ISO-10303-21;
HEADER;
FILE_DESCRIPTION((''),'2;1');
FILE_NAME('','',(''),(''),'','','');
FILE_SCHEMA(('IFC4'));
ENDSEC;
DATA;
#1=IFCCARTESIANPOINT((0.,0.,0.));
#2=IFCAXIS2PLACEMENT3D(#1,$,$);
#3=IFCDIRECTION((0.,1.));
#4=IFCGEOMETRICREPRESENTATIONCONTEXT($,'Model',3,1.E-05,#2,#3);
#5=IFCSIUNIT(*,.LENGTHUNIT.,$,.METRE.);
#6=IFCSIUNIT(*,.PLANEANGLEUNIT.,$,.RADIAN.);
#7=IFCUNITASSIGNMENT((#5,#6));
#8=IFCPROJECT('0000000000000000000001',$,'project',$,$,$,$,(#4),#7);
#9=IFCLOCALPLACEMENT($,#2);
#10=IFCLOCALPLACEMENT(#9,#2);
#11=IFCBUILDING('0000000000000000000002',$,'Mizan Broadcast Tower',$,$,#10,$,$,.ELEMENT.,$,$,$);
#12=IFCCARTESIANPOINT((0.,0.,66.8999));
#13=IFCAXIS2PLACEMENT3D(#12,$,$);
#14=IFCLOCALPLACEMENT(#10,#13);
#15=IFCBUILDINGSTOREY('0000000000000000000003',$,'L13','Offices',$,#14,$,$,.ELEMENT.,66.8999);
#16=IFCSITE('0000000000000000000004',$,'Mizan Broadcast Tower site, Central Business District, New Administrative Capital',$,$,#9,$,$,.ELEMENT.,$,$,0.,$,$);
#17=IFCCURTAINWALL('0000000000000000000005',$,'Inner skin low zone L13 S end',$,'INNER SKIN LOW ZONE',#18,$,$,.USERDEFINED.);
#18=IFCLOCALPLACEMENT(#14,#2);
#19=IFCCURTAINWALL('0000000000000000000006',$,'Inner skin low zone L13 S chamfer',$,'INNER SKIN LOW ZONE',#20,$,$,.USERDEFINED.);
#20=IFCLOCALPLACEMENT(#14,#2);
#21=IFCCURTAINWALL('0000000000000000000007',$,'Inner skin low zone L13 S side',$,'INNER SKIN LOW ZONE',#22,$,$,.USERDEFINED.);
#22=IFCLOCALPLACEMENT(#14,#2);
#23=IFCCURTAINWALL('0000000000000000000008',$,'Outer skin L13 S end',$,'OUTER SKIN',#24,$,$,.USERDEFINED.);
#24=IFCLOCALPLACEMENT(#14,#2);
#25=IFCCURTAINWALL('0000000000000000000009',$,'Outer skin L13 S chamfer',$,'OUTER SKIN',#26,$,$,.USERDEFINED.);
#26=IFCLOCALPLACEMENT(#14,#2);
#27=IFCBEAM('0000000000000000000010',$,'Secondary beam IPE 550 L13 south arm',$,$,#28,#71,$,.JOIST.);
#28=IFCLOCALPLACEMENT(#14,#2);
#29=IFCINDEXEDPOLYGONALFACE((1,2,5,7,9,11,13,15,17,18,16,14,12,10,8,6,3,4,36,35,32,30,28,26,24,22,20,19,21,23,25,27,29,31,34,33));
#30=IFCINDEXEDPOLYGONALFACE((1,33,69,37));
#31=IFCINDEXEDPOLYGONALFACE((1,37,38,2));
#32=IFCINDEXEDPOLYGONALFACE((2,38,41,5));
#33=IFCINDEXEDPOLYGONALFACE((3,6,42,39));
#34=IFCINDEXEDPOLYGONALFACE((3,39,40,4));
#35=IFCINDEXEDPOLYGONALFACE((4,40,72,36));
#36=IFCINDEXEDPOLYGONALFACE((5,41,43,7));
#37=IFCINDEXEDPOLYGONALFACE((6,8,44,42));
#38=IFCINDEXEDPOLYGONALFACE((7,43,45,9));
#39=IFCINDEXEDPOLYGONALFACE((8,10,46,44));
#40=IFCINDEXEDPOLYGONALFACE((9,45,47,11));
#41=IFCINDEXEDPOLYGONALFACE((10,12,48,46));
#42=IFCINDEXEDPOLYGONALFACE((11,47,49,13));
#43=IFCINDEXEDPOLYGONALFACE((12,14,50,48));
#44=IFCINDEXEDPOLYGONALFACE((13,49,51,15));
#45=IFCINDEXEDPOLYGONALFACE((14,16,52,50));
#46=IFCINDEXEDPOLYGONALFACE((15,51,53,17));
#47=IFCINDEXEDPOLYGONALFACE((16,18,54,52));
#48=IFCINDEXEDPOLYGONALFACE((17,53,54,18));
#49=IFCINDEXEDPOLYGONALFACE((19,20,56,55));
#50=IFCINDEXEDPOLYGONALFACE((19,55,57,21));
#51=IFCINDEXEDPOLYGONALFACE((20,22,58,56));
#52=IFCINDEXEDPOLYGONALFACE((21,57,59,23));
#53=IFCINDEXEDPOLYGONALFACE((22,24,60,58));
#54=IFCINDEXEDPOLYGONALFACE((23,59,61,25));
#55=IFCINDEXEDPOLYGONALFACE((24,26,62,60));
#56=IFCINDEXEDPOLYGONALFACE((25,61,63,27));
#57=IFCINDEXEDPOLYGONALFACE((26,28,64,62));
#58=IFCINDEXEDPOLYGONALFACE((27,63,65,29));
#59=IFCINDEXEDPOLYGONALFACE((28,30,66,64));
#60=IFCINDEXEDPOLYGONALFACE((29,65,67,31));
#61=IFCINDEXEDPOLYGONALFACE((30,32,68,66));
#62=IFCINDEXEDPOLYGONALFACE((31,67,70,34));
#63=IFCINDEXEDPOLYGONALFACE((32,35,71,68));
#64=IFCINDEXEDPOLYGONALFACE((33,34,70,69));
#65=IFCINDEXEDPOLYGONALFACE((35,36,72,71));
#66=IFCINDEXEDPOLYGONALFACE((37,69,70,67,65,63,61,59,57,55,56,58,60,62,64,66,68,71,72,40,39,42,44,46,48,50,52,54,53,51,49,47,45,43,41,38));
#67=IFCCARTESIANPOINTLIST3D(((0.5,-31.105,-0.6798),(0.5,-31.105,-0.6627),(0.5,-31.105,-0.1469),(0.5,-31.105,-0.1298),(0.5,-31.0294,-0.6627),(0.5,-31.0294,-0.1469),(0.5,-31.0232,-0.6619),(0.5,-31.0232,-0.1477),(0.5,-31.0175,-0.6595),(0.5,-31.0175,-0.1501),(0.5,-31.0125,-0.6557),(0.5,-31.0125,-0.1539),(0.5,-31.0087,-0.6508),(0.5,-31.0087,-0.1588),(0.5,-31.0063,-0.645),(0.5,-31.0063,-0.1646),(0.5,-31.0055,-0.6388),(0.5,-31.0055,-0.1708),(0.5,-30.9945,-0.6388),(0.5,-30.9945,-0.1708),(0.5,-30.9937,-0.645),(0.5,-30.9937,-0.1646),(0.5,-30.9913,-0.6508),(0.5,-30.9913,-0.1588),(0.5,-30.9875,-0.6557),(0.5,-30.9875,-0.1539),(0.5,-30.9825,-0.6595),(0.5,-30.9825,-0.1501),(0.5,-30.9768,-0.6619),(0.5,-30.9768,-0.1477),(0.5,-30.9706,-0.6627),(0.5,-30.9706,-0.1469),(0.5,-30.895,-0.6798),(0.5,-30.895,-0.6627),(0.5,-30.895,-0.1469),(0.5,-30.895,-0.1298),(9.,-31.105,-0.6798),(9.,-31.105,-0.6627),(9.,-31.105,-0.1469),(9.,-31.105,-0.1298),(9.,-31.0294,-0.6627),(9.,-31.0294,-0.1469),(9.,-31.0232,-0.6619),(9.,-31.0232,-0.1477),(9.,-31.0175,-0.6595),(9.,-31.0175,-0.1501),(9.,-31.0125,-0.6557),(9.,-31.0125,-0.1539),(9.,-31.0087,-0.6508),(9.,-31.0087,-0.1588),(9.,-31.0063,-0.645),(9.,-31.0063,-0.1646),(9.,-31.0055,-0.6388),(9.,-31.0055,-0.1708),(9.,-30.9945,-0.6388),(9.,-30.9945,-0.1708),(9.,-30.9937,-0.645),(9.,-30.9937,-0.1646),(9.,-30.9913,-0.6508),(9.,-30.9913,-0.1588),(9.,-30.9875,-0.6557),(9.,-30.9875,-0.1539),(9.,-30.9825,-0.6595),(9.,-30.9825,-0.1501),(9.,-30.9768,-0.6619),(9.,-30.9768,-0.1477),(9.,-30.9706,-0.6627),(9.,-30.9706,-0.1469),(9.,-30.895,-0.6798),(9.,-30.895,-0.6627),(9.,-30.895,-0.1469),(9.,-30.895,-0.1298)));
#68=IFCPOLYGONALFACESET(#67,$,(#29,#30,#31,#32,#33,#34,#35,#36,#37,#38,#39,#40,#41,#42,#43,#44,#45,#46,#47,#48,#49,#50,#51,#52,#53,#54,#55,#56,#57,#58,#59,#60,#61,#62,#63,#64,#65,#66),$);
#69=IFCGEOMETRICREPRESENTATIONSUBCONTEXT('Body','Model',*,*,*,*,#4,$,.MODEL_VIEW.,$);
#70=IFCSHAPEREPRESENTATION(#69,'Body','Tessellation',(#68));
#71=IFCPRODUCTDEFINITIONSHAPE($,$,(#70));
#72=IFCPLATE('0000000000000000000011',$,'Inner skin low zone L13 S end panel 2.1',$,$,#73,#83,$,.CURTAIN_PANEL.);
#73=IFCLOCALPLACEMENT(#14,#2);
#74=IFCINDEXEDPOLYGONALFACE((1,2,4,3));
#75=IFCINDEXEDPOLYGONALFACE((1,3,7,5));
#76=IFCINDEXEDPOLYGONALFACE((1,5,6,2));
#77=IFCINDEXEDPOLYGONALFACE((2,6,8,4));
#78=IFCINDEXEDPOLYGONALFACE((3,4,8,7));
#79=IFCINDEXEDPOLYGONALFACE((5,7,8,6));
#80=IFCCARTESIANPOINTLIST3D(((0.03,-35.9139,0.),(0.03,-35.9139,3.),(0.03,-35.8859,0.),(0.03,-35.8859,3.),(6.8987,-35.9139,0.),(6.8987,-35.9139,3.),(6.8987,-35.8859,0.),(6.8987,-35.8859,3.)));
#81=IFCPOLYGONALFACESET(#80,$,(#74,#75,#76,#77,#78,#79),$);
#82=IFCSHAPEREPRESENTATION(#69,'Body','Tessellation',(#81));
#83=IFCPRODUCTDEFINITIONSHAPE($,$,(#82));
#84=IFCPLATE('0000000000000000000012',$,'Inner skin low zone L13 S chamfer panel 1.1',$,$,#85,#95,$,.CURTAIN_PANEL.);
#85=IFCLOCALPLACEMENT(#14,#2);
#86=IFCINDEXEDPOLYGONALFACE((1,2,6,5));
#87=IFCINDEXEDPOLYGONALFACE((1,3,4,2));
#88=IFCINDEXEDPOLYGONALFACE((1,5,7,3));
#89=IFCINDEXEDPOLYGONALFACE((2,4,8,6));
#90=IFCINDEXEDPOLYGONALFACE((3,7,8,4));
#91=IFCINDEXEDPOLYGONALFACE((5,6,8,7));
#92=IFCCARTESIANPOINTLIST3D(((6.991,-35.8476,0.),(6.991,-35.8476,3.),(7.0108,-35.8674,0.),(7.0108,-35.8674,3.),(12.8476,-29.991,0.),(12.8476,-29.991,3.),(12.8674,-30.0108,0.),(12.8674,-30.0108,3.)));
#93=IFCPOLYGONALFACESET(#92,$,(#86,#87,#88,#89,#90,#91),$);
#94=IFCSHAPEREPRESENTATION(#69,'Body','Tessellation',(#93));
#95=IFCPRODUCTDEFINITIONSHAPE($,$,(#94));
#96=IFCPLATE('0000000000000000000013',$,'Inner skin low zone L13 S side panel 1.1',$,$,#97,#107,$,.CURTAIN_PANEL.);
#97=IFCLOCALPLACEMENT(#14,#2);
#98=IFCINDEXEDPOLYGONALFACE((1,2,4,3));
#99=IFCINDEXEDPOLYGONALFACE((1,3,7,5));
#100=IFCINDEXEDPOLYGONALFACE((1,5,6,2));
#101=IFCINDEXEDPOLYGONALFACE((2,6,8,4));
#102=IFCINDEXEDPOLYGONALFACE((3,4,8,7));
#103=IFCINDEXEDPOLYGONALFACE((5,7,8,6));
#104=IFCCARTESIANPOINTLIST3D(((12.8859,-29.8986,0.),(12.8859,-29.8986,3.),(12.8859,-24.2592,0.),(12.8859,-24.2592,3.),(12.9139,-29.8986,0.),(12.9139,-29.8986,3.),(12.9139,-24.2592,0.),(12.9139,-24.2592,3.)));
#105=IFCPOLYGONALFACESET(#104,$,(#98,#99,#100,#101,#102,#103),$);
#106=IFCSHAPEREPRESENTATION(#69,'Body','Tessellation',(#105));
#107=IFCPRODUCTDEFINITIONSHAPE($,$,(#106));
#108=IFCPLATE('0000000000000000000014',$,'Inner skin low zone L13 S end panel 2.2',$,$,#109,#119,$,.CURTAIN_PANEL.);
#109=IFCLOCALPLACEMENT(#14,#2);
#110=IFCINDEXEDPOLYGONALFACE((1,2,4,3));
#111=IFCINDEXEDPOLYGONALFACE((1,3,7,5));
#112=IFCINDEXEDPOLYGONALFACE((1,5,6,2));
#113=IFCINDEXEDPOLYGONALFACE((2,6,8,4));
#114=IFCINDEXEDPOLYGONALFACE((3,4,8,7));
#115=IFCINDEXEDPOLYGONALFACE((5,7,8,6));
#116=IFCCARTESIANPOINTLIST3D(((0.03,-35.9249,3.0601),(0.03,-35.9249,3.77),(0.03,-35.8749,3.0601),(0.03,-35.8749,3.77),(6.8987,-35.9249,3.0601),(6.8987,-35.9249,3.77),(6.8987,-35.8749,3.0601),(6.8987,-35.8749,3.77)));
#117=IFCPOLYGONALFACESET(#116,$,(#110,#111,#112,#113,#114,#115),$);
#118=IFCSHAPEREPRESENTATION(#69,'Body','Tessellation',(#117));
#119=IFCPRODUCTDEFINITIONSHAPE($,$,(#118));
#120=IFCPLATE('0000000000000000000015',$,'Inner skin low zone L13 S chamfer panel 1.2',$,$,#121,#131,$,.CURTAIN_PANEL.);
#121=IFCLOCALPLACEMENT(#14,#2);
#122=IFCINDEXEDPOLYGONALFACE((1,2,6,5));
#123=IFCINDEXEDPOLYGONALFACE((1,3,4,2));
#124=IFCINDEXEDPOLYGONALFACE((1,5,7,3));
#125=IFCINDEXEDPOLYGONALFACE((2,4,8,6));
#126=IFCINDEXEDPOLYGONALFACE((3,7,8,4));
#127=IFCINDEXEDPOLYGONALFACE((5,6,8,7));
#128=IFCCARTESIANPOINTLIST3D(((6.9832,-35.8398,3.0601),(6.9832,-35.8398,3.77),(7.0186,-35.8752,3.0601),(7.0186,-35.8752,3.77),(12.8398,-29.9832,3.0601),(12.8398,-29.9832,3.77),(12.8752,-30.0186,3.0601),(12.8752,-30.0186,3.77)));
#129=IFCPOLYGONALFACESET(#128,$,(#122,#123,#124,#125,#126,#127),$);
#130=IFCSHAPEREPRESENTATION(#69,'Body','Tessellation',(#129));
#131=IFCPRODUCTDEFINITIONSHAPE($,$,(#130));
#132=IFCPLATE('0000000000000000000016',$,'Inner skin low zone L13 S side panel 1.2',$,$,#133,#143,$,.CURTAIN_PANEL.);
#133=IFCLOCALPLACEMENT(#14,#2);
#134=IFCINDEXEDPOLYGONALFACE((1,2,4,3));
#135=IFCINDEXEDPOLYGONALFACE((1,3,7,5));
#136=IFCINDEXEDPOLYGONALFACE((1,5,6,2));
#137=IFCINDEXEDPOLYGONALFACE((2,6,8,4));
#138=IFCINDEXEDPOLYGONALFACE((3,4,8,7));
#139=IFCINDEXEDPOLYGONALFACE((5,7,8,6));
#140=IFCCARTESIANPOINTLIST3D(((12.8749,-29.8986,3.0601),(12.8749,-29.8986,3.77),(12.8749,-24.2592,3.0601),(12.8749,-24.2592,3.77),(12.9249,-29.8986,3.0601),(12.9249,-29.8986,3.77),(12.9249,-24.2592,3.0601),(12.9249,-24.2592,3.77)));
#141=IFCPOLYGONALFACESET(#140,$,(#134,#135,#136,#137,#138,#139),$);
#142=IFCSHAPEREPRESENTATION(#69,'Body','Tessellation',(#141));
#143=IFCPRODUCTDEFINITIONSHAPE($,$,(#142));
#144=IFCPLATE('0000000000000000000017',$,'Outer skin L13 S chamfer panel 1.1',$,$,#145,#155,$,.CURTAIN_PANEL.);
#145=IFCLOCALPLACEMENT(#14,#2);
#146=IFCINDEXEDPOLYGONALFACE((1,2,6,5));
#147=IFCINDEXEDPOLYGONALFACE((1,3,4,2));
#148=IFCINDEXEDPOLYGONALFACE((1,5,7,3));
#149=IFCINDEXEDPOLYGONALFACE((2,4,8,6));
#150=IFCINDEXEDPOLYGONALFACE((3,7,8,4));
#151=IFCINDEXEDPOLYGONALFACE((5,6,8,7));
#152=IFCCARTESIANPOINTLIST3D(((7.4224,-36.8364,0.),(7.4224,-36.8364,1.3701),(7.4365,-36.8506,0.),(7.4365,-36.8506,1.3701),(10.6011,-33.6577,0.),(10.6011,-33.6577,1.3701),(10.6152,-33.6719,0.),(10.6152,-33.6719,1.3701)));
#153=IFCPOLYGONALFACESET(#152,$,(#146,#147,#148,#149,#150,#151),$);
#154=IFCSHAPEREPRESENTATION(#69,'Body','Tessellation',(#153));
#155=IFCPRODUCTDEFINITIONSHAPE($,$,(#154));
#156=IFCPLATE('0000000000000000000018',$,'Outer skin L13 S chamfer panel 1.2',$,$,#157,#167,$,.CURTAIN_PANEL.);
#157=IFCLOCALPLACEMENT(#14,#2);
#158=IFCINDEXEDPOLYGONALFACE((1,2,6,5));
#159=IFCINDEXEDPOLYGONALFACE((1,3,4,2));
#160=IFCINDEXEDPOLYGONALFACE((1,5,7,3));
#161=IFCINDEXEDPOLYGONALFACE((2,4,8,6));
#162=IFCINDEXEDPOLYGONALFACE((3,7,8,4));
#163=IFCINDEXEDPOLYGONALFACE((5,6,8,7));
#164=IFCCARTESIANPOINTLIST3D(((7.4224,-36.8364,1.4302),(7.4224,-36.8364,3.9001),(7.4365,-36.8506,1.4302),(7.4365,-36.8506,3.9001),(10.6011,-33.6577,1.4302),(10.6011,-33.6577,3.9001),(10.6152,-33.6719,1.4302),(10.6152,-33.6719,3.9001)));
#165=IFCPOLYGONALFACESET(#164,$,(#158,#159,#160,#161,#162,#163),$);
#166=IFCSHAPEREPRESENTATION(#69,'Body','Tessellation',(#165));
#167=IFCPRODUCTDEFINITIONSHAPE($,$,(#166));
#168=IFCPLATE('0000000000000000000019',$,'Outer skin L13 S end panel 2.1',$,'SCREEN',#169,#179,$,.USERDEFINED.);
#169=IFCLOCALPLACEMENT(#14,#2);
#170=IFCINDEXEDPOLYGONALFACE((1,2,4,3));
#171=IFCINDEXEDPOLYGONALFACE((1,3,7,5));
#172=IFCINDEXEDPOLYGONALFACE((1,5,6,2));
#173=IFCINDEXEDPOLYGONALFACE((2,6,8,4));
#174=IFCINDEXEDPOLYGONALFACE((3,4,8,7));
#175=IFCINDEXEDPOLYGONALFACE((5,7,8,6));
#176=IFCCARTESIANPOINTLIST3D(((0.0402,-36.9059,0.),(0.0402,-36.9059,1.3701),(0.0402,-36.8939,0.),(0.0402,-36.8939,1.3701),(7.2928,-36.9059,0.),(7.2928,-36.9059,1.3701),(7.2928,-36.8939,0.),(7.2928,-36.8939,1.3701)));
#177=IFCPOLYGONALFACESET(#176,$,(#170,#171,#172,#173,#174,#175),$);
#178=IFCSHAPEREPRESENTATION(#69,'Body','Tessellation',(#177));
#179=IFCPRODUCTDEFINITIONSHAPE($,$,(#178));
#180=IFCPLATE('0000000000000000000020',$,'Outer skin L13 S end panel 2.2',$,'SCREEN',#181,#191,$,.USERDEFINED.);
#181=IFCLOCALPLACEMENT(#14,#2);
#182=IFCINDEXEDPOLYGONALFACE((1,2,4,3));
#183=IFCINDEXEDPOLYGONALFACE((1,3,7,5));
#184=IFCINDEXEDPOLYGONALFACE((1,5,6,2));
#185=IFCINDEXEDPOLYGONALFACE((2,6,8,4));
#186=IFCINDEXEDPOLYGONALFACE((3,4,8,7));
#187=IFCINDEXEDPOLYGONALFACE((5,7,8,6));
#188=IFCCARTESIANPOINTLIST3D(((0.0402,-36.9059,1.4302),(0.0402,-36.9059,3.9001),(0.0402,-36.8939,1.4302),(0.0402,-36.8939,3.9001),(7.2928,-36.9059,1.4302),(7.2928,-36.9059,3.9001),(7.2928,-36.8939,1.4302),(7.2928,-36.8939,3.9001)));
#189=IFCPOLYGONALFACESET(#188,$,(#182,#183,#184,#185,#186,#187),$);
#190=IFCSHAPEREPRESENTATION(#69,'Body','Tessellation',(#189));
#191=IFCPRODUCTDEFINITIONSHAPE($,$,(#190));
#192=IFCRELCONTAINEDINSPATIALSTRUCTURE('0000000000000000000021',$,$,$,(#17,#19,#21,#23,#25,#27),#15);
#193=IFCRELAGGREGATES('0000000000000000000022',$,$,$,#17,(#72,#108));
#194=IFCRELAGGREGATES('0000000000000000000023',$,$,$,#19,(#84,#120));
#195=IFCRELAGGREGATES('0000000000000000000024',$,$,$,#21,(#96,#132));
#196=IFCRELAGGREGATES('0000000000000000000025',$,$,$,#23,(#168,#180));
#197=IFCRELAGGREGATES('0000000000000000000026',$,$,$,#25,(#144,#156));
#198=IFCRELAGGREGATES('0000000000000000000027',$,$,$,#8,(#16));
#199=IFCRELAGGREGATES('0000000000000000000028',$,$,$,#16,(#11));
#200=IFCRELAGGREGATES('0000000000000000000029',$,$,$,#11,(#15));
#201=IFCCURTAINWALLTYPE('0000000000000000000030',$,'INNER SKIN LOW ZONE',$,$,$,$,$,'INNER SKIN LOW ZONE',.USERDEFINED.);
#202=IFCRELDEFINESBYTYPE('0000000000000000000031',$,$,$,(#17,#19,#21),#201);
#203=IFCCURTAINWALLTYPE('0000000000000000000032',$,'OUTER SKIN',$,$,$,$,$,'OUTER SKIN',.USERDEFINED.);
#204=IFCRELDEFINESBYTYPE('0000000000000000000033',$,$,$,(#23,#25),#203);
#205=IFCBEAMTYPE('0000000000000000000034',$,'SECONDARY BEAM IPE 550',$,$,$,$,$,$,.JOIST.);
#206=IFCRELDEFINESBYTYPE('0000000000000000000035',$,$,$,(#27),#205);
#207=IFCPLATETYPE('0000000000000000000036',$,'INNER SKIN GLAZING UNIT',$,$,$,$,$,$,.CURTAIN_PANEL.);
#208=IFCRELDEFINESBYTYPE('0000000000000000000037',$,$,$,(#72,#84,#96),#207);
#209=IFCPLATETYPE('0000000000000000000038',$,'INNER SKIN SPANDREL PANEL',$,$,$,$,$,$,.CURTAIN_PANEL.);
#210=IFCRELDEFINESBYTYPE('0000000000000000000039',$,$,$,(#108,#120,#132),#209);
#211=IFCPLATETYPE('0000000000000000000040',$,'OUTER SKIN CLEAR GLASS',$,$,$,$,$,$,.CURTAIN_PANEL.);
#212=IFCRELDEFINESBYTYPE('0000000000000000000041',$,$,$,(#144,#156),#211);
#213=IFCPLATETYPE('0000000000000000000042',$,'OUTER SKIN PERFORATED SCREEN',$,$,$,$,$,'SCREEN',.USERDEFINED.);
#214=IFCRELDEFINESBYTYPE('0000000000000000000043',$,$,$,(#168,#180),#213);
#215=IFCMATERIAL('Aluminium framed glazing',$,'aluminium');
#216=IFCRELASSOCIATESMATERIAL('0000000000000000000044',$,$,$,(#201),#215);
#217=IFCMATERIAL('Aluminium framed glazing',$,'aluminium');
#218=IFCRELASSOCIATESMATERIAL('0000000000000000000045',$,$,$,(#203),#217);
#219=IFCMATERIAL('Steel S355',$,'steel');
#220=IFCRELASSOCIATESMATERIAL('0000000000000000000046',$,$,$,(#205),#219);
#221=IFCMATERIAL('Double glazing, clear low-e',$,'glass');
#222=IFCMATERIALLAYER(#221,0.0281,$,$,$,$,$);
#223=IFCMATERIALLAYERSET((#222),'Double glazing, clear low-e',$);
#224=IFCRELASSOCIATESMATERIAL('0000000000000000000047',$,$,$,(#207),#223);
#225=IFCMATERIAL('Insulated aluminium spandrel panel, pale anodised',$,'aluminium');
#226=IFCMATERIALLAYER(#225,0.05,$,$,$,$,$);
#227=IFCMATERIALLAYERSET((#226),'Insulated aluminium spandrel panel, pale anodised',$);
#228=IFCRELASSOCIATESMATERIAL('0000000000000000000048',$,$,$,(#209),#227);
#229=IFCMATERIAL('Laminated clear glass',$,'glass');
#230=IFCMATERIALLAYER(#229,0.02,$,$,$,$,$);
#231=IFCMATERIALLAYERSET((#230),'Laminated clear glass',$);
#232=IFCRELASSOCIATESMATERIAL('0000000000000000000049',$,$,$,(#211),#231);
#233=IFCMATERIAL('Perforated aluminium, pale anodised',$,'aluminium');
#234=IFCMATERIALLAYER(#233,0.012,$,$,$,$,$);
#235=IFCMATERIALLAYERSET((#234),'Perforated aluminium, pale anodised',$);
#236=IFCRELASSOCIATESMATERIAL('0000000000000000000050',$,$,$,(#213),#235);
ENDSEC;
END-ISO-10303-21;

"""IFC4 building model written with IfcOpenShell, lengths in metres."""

from ifc_helpers import new_model, si_unit, direction, frame, origin, origin_2d, place, context, subcontext, project, spatial, rectangle, i_section, extrude, material, layer, layer_set, material_profile, profile_set, type_object, element, aggregate, save


model = new_model("IFC4")

# Units and contexts
model_context = context("Model", 3, precision=1e-05, world=origin(), true_north=direction((0.0, 1.0)))
body_context = subcontext(model_context, "Body", "Model", "MODEL_VIEW")
ifc_project = project(units=[si_unit("LENGTHUNIT", "METRE"), si_unit("PLANEANGLEUNIT", "RADIAN")], contexts=[model_context])

# Site, building, storey
site_placement = place(None, origin())
site = spatial("IfcSite", under=ifc_project, at=site_placement, Name="Mizan Broadcast Tower site, Central Business District, New Administrative Capital", CompositionType="ELEMENT", RefElevation=0.0)
building_placement = place(site_placement, origin())
building = spatial("IfcBuilding", under=site, at=building_placement, Name="Mizan Broadcast Tower", CompositionType="ELEMENT")
storey_placement = place(building_placement, frame((0.0, 0.0, 66.8999)))
storey = spatial("IfcBuildingStorey", under=building, at=storey_placement, Name="L13", Description="Offices", CompositionType="ELEMENT", Elevation=66.8999)

# Curtain wall
ifc_material_1 = material(Name="Aluminium framed glazing", Category="aluminium")
curtain_wall_type_1 = type_object("IfcCurtainWallType", Name="INNER SKIN LOW ZONE", ElementType="INNER SKIN LOW ZONE", PredefinedType="USERDEFINED", material=ifc_material_1)
curtain_wall_1_placement = place(storey_placement, origin())
curtain_wall_1 = element("IfcCurtainWall", 1, at=curtain_wall_1_placement, inside=storey, type_object=curtain_wall_type_1, Name="Inner skin low zone L13 S end", ObjectType="INNER SKIN LOW ZONE", PredefinedType="USERDEFINED")

# Curtain walls
curtain_wall_2_placement = place(storey_placement, origin())
curtain_wall_2 = element("IfcCurtainWall", 2, at=curtain_wall_2_placement, inside=storey, type_object=curtain_wall_type_1, Name="Inner skin low zone L13 S chamfer", ObjectType="INNER SKIN LOW ZONE", PredefinedType="USERDEFINED")
curtain_wall_3_placement = place(storey_placement, origin())
curtain_wall_3 = element("IfcCurtainWall", 3, at=curtain_wall_3_placement, inside=storey, type_object=curtain_wall_type_1, Name="Inner skin low zone L13 S side", ObjectType="INNER SKIN LOW ZONE", PredefinedType="USERDEFINED")

# Curtain wall
ifc_material_2 = material(Name="Aluminium framed glazing", Category="aluminium")
curtain_wall_type_2 = type_object("IfcCurtainWallType", Name="OUTER SKIN", ElementType="OUTER SKIN", PredefinedType="USERDEFINED", material=ifc_material_2)
curtain_wall_4_placement = place(storey_placement, origin())
curtain_wall_4 = element("IfcCurtainWall", 4, at=curtain_wall_4_placement, inside=storey, type_object=curtain_wall_type_2, Name="Outer skin L13 S end", ObjectType="OUTER SKIN", PredefinedType="USERDEFINED")

# Curtain wall
curtain_wall_5_placement = place(storey_placement, origin())
curtain_wall_5 = element("IfcCurtainWall", 5, at=curtain_wall_5_placement, inside=storey, type_object=curtain_wall_type_2, Name="Outer skin L13 S chamfer", ObjectType="OUTER SKIN", PredefinedType="USERDEFINED")

# Beam
ifc_material_3 = material(Name="Steel S355", Category="steel")
ifc_material_profile_1 = material_profile(ifc_material_3, i_section(OverallWidth=0.21, OverallDepth=0.55, WebThickness=0.011, FlangeThickness=0.0171, FilletRadius=0.0239, at=origin_2d()), Name="IPE 550")
ifc_profile_set_1 = profile_set([ifc_material_profile_1], Name="Steel S355")
beam_type_1 = type_object("IfcBeamType", Name="SECONDARY BEAM IPE 550", PredefinedType="JOIST", material=ifc_profile_set_1)
beam_1_placement = place(storey_placement, frame((9.0, -31.0, -0.4048), z_axis=(-1.0, 0.0, 0.0), x_axis=(0.0, -1.0, 0.0)))
element("IfcBeam", 6, at=beam_1_placement, inside=storey, type_object=beam_type_1, Name="Secondary beam IPE 550 L13 south arm", PredefinedType="JOIST", context=body_context, shape_type="SweptSolid", body=[
    extrude(i_section(OverallWidth=0.21, OverallDepth=0.55, WebThickness=0.011, FlangeThickness=0.0171, FilletRadius=0.0239, at=origin_2d()), origin(), (0.0, 0.0, 1.0), 8.5),
])

# Plates
ifc_material_4 = material(Name="Double glazing, clear low-e", Category="glass")
ifc_layer_1 = layer(ifc_material_4, 0.0281)
ifc_layer_set_1 = layer_set([ifc_layer_1], Name="Double glazing, clear low-e")
plate_type_1 = type_object("IfcPlateType", Name="INNER SKIN GLAZING UNIT", PredefinedType="CURTAIN_PANEL", material=ifc_layer_set_1)
plate_1_placement = place(storey_placement, frame((3.4644, -35.8999, 0.0), z_axis=(0.0, 0.0, 1.0), x_axis=(1.0, 0.0, 0.0)))
plate_1 = element("IfcPlate", 7, at=plate_1_placement, type_object=plate_type_1, Name="Inner skin low zone L13 S end panel 2.1", PredefinedType="CURTAIN_PANEL", context=body_context, shape_type="SweptSolid", body=[
    extrude(rectangle(XDim=6.8687, YDim=0.0281, at=origin_2d()), origin(), (0.0, 0.0, 1.0), 3.0),
])
plate_2_placement = place(storey_placement, frame((9.9292, -32.9292, 0.0), z_axis=(0.0, 0.0, 1.0), x_axis=(0.707107, 0.707107, 0.0)))
plate_2 = element("IfcPlate", 8, at=plate_2_placement, type_object=plate_type_1, Name="Inner skin low zone L13 S chamfer panel 1.1", PredefinedType="CURTAIN_PANEL", context=body_context, shape_type="SweptSolid", body=[
    extrude(rectangle(XDim=8.2825, YDim=0.0281, at=origin_2d()), origin(), (0.0, 0.0, 1.0), 3.0),
])
plate_3_placement = place(storey_placement, frame((12.8999, -27.0789, 0.0), z_axis=(0.0, 0.0, 1.0), x_axis=(0.0, 1.0, 0.0)))
plate_3 = element("IfcPlate", 9, at=plate_3_placement, type_object=plate_type_1, Name="Inner skin low zone L13 S side panel 1.1", PredefinedType="CURTAIN_PANEL", context=body_context, shape_type="SweptSolid", body=[
    extrude(rectangle(XDim=5.6394, YDim=0.0281, at=origin_2d()), origin(), (0.0, 0.0, 1.0), 3.0),
])
ifc_material_5 = material(Name="Insulated aluminium spandrel panel, pale anodised", Category="aluminium")
ifc_layer_2 = layer(ifc_material_5, 0.05)
ifc_layer_set_2 = layer_set([ifc_layer_2], Name="Insulated aluminium spandrel panel, pale anodised")
plate_type_2 = type_object("IfcPlateType", Name="INNER SKIN SPANDREL PANEL", PredefinedType="CURTAIN_PANEL", material=ifc_layer_set_2)
plate_4_placement = place(storey_placement, frame((3.4644, -35.8999, 3.0601), z_axis=(0.0, 0.0, 1.0), x_axis=(1.0, 0.0, 0.0)))
plate_4 = element("IfcPlate", 10, at=plate_4_placement, type_object=plate_type_2, Name="Inner skin low zone L13 S end panel 2.2", PredefinedType="CURTAIN_PANEL", context=body_context, shape_type="SweptSolid", body=[
    extrude(rectangle(XDim=6.8687, YDim=0.05, at=origin_2d()), origin(), (0.0, 0.0, 1.0), 0.71),
])
aggregate(curtain_wall_1, [plate_1, plate_4])
plate_5_placement = place(storey_placement, frame((9.9292, -32.9292, 3.0601), z_axis=(0.0, 0.0, 1.0), x_axis=(0.707107, 0.707107, 0.0)))
plate_5 = element("IfcPlate", 11, at=plate_5_placement, type_object=plate_type_2, Name="Inner skin low zone L13 S chamfer panel 1.2", PredefinedType="CURTAIN_PANEL", context=body_context, shape_type="SweptSolid", body=[
    extrude(rectangle(XDim=8.2825, YDim=0.05, at=origin_2d()), origin(), (0.0, 0.0, 1.0), 0.71),
])
aggregate(curtain_wall_2, [plate_2, plate_5])
plate_6_placement = place(storey_placement, frame((12.8999, -27.0789, 3.0601), z_axis=(0.0, 0.0, 1.0), x_axis=(0.0, 1.0, 0.0)))
plate_6 = element("IfcPlate", 12, at=plate_6_placement, type_object=plate_type_2, Name="Inner skin low zone L13 S side panel 1.2", PredefinedType="CURTAIN_PANEL", context=body_context, shape_type="SweptSolid", body=[
    extrude(rectangle(XDim=5.6394, YDim=0.05, at=origin_2d()), origin(), (0.0, 0.0, 1.0), 0.71),
])
aggregate(curtain_wall_3, [plate_3, plate_6])
ifc_material_6 = material(Name="Laminated clear glass", Category="glass")
ifc_layer_3 = layer(ifc_material_6, 0.02)
ifc_layer_set_3 = layer_set([ifc_layer_3], Name="Laminated clear glass")
plate_type_3 = type_object("IfcPlateType", Name="OUTER SKIN CLEAR GLASS", PredefinedType="CURTAIN_PANEL", material=ifc_layer_set_3)
plate_7_placement = place(storey_placement, frame((9.0188, -35.2542, 0.0), z_axis=(0.0, 0.0, 1.0), x_axis=(0.707107, 0.707107, 0.0)))
plate_7 = element("IfcPlate", 13, at=plate_7_placement, type_object=plate_type_3, Name="Outer skin L13 S chamfer panel 1.1", PredefinedType="CURTAIN_PANEL", context=body_context, shape_type="SweptSolid", body=[
    extrude(rectangle(XDim=4.4954, YDim=0.02, at=origin_2d()), origin(), (0.0, 0.0, 1.0), 1.3701),
])
plate_8_placement = place(storey_placement, frame((9.0188, -35.2542, 1.4302), z_axis=(0.0, 0.0, 1.0), x_axis=(0.707107, 0.707107, 0.0)))
plate_8 = element("IfcPlate", 14, at=plate_8_placement, type_object=plate_type_3, Name="Outer skin L13 S chamfer panel 1.2", PredefinedType="CURTAIN_PANEL", context=body_context, shape_type="SweptSolid", body=[
    extrude(rectangle(XDim=4.4954, YDim=0.02, at=origin_2d()), origin(), (0.0, 0.0, 1.0), 2.47),
])
ifc_material_7 = material(Name="Perforated aluminium, pale anodised", Category="aluminium")
ifc_layer_4 = layer(ifc_material_7, 0.012)
ifc_layer_set_4 = layer_set([ifc_layer_4], Name="Perforated aluminium, pale anodised")
plate_type_4 = type_object("IfcPlateType", Name="OUTER SKIN PERFORATED SCREEN", ElementType="SCREEN", PredefinedType="USERDEFINED", material=ifc_layer_set_4)
plate_9_placement = place(storey_placement, frame((3.6665, -36.8999, 0.0), z_axis=(0.0, 0.0, 1.0), x_axis=(1.0, 0.0, 0.0)))
plate_9 = element("IfcPlate", 15, at=plate_9_placement, type_object=plate_type_4, Name="Outer skin L13 S end panel 2.1", ObjectType="SCREEN", PredefinedType="USERDEFINED", context=body_context, shape_type="SweptSolid", body=[
    extrude(rectangle(XDim=7.2527, YDim=0.012, at=origin_2d()), origin(), (0.0, 0.0, 1.0), 1.3701),
])
plate_10_placement = place(storey_placement, frame((3.6665, -36.8999, 1.4302), z_axis=(0.0, 0.0, 1.0), x_axis=(1.0, 0.0, 0.0)))
plate_10 = element("IfcPlate", 16, at=plate_10_placement, type_object=plate_type_4, Name="Outer skin L13 S end panel 2.2", ObjectType="SCREEN", PredefinedType="USERDEFINED", context=body_context, shape_type="SweptSolid", body=[
    extrude(rectangle(XDim=7.2527, YDim=0.012, at=origin_2d()), origin(), (0.0, 0.0, 1.0), 2.47),
])
aggregate(curtain_wall_4, [plate_9, plate_10])
aggregate(curtain_wall_5, [plate_7, plate_8])

save(model, "model.ifc")
